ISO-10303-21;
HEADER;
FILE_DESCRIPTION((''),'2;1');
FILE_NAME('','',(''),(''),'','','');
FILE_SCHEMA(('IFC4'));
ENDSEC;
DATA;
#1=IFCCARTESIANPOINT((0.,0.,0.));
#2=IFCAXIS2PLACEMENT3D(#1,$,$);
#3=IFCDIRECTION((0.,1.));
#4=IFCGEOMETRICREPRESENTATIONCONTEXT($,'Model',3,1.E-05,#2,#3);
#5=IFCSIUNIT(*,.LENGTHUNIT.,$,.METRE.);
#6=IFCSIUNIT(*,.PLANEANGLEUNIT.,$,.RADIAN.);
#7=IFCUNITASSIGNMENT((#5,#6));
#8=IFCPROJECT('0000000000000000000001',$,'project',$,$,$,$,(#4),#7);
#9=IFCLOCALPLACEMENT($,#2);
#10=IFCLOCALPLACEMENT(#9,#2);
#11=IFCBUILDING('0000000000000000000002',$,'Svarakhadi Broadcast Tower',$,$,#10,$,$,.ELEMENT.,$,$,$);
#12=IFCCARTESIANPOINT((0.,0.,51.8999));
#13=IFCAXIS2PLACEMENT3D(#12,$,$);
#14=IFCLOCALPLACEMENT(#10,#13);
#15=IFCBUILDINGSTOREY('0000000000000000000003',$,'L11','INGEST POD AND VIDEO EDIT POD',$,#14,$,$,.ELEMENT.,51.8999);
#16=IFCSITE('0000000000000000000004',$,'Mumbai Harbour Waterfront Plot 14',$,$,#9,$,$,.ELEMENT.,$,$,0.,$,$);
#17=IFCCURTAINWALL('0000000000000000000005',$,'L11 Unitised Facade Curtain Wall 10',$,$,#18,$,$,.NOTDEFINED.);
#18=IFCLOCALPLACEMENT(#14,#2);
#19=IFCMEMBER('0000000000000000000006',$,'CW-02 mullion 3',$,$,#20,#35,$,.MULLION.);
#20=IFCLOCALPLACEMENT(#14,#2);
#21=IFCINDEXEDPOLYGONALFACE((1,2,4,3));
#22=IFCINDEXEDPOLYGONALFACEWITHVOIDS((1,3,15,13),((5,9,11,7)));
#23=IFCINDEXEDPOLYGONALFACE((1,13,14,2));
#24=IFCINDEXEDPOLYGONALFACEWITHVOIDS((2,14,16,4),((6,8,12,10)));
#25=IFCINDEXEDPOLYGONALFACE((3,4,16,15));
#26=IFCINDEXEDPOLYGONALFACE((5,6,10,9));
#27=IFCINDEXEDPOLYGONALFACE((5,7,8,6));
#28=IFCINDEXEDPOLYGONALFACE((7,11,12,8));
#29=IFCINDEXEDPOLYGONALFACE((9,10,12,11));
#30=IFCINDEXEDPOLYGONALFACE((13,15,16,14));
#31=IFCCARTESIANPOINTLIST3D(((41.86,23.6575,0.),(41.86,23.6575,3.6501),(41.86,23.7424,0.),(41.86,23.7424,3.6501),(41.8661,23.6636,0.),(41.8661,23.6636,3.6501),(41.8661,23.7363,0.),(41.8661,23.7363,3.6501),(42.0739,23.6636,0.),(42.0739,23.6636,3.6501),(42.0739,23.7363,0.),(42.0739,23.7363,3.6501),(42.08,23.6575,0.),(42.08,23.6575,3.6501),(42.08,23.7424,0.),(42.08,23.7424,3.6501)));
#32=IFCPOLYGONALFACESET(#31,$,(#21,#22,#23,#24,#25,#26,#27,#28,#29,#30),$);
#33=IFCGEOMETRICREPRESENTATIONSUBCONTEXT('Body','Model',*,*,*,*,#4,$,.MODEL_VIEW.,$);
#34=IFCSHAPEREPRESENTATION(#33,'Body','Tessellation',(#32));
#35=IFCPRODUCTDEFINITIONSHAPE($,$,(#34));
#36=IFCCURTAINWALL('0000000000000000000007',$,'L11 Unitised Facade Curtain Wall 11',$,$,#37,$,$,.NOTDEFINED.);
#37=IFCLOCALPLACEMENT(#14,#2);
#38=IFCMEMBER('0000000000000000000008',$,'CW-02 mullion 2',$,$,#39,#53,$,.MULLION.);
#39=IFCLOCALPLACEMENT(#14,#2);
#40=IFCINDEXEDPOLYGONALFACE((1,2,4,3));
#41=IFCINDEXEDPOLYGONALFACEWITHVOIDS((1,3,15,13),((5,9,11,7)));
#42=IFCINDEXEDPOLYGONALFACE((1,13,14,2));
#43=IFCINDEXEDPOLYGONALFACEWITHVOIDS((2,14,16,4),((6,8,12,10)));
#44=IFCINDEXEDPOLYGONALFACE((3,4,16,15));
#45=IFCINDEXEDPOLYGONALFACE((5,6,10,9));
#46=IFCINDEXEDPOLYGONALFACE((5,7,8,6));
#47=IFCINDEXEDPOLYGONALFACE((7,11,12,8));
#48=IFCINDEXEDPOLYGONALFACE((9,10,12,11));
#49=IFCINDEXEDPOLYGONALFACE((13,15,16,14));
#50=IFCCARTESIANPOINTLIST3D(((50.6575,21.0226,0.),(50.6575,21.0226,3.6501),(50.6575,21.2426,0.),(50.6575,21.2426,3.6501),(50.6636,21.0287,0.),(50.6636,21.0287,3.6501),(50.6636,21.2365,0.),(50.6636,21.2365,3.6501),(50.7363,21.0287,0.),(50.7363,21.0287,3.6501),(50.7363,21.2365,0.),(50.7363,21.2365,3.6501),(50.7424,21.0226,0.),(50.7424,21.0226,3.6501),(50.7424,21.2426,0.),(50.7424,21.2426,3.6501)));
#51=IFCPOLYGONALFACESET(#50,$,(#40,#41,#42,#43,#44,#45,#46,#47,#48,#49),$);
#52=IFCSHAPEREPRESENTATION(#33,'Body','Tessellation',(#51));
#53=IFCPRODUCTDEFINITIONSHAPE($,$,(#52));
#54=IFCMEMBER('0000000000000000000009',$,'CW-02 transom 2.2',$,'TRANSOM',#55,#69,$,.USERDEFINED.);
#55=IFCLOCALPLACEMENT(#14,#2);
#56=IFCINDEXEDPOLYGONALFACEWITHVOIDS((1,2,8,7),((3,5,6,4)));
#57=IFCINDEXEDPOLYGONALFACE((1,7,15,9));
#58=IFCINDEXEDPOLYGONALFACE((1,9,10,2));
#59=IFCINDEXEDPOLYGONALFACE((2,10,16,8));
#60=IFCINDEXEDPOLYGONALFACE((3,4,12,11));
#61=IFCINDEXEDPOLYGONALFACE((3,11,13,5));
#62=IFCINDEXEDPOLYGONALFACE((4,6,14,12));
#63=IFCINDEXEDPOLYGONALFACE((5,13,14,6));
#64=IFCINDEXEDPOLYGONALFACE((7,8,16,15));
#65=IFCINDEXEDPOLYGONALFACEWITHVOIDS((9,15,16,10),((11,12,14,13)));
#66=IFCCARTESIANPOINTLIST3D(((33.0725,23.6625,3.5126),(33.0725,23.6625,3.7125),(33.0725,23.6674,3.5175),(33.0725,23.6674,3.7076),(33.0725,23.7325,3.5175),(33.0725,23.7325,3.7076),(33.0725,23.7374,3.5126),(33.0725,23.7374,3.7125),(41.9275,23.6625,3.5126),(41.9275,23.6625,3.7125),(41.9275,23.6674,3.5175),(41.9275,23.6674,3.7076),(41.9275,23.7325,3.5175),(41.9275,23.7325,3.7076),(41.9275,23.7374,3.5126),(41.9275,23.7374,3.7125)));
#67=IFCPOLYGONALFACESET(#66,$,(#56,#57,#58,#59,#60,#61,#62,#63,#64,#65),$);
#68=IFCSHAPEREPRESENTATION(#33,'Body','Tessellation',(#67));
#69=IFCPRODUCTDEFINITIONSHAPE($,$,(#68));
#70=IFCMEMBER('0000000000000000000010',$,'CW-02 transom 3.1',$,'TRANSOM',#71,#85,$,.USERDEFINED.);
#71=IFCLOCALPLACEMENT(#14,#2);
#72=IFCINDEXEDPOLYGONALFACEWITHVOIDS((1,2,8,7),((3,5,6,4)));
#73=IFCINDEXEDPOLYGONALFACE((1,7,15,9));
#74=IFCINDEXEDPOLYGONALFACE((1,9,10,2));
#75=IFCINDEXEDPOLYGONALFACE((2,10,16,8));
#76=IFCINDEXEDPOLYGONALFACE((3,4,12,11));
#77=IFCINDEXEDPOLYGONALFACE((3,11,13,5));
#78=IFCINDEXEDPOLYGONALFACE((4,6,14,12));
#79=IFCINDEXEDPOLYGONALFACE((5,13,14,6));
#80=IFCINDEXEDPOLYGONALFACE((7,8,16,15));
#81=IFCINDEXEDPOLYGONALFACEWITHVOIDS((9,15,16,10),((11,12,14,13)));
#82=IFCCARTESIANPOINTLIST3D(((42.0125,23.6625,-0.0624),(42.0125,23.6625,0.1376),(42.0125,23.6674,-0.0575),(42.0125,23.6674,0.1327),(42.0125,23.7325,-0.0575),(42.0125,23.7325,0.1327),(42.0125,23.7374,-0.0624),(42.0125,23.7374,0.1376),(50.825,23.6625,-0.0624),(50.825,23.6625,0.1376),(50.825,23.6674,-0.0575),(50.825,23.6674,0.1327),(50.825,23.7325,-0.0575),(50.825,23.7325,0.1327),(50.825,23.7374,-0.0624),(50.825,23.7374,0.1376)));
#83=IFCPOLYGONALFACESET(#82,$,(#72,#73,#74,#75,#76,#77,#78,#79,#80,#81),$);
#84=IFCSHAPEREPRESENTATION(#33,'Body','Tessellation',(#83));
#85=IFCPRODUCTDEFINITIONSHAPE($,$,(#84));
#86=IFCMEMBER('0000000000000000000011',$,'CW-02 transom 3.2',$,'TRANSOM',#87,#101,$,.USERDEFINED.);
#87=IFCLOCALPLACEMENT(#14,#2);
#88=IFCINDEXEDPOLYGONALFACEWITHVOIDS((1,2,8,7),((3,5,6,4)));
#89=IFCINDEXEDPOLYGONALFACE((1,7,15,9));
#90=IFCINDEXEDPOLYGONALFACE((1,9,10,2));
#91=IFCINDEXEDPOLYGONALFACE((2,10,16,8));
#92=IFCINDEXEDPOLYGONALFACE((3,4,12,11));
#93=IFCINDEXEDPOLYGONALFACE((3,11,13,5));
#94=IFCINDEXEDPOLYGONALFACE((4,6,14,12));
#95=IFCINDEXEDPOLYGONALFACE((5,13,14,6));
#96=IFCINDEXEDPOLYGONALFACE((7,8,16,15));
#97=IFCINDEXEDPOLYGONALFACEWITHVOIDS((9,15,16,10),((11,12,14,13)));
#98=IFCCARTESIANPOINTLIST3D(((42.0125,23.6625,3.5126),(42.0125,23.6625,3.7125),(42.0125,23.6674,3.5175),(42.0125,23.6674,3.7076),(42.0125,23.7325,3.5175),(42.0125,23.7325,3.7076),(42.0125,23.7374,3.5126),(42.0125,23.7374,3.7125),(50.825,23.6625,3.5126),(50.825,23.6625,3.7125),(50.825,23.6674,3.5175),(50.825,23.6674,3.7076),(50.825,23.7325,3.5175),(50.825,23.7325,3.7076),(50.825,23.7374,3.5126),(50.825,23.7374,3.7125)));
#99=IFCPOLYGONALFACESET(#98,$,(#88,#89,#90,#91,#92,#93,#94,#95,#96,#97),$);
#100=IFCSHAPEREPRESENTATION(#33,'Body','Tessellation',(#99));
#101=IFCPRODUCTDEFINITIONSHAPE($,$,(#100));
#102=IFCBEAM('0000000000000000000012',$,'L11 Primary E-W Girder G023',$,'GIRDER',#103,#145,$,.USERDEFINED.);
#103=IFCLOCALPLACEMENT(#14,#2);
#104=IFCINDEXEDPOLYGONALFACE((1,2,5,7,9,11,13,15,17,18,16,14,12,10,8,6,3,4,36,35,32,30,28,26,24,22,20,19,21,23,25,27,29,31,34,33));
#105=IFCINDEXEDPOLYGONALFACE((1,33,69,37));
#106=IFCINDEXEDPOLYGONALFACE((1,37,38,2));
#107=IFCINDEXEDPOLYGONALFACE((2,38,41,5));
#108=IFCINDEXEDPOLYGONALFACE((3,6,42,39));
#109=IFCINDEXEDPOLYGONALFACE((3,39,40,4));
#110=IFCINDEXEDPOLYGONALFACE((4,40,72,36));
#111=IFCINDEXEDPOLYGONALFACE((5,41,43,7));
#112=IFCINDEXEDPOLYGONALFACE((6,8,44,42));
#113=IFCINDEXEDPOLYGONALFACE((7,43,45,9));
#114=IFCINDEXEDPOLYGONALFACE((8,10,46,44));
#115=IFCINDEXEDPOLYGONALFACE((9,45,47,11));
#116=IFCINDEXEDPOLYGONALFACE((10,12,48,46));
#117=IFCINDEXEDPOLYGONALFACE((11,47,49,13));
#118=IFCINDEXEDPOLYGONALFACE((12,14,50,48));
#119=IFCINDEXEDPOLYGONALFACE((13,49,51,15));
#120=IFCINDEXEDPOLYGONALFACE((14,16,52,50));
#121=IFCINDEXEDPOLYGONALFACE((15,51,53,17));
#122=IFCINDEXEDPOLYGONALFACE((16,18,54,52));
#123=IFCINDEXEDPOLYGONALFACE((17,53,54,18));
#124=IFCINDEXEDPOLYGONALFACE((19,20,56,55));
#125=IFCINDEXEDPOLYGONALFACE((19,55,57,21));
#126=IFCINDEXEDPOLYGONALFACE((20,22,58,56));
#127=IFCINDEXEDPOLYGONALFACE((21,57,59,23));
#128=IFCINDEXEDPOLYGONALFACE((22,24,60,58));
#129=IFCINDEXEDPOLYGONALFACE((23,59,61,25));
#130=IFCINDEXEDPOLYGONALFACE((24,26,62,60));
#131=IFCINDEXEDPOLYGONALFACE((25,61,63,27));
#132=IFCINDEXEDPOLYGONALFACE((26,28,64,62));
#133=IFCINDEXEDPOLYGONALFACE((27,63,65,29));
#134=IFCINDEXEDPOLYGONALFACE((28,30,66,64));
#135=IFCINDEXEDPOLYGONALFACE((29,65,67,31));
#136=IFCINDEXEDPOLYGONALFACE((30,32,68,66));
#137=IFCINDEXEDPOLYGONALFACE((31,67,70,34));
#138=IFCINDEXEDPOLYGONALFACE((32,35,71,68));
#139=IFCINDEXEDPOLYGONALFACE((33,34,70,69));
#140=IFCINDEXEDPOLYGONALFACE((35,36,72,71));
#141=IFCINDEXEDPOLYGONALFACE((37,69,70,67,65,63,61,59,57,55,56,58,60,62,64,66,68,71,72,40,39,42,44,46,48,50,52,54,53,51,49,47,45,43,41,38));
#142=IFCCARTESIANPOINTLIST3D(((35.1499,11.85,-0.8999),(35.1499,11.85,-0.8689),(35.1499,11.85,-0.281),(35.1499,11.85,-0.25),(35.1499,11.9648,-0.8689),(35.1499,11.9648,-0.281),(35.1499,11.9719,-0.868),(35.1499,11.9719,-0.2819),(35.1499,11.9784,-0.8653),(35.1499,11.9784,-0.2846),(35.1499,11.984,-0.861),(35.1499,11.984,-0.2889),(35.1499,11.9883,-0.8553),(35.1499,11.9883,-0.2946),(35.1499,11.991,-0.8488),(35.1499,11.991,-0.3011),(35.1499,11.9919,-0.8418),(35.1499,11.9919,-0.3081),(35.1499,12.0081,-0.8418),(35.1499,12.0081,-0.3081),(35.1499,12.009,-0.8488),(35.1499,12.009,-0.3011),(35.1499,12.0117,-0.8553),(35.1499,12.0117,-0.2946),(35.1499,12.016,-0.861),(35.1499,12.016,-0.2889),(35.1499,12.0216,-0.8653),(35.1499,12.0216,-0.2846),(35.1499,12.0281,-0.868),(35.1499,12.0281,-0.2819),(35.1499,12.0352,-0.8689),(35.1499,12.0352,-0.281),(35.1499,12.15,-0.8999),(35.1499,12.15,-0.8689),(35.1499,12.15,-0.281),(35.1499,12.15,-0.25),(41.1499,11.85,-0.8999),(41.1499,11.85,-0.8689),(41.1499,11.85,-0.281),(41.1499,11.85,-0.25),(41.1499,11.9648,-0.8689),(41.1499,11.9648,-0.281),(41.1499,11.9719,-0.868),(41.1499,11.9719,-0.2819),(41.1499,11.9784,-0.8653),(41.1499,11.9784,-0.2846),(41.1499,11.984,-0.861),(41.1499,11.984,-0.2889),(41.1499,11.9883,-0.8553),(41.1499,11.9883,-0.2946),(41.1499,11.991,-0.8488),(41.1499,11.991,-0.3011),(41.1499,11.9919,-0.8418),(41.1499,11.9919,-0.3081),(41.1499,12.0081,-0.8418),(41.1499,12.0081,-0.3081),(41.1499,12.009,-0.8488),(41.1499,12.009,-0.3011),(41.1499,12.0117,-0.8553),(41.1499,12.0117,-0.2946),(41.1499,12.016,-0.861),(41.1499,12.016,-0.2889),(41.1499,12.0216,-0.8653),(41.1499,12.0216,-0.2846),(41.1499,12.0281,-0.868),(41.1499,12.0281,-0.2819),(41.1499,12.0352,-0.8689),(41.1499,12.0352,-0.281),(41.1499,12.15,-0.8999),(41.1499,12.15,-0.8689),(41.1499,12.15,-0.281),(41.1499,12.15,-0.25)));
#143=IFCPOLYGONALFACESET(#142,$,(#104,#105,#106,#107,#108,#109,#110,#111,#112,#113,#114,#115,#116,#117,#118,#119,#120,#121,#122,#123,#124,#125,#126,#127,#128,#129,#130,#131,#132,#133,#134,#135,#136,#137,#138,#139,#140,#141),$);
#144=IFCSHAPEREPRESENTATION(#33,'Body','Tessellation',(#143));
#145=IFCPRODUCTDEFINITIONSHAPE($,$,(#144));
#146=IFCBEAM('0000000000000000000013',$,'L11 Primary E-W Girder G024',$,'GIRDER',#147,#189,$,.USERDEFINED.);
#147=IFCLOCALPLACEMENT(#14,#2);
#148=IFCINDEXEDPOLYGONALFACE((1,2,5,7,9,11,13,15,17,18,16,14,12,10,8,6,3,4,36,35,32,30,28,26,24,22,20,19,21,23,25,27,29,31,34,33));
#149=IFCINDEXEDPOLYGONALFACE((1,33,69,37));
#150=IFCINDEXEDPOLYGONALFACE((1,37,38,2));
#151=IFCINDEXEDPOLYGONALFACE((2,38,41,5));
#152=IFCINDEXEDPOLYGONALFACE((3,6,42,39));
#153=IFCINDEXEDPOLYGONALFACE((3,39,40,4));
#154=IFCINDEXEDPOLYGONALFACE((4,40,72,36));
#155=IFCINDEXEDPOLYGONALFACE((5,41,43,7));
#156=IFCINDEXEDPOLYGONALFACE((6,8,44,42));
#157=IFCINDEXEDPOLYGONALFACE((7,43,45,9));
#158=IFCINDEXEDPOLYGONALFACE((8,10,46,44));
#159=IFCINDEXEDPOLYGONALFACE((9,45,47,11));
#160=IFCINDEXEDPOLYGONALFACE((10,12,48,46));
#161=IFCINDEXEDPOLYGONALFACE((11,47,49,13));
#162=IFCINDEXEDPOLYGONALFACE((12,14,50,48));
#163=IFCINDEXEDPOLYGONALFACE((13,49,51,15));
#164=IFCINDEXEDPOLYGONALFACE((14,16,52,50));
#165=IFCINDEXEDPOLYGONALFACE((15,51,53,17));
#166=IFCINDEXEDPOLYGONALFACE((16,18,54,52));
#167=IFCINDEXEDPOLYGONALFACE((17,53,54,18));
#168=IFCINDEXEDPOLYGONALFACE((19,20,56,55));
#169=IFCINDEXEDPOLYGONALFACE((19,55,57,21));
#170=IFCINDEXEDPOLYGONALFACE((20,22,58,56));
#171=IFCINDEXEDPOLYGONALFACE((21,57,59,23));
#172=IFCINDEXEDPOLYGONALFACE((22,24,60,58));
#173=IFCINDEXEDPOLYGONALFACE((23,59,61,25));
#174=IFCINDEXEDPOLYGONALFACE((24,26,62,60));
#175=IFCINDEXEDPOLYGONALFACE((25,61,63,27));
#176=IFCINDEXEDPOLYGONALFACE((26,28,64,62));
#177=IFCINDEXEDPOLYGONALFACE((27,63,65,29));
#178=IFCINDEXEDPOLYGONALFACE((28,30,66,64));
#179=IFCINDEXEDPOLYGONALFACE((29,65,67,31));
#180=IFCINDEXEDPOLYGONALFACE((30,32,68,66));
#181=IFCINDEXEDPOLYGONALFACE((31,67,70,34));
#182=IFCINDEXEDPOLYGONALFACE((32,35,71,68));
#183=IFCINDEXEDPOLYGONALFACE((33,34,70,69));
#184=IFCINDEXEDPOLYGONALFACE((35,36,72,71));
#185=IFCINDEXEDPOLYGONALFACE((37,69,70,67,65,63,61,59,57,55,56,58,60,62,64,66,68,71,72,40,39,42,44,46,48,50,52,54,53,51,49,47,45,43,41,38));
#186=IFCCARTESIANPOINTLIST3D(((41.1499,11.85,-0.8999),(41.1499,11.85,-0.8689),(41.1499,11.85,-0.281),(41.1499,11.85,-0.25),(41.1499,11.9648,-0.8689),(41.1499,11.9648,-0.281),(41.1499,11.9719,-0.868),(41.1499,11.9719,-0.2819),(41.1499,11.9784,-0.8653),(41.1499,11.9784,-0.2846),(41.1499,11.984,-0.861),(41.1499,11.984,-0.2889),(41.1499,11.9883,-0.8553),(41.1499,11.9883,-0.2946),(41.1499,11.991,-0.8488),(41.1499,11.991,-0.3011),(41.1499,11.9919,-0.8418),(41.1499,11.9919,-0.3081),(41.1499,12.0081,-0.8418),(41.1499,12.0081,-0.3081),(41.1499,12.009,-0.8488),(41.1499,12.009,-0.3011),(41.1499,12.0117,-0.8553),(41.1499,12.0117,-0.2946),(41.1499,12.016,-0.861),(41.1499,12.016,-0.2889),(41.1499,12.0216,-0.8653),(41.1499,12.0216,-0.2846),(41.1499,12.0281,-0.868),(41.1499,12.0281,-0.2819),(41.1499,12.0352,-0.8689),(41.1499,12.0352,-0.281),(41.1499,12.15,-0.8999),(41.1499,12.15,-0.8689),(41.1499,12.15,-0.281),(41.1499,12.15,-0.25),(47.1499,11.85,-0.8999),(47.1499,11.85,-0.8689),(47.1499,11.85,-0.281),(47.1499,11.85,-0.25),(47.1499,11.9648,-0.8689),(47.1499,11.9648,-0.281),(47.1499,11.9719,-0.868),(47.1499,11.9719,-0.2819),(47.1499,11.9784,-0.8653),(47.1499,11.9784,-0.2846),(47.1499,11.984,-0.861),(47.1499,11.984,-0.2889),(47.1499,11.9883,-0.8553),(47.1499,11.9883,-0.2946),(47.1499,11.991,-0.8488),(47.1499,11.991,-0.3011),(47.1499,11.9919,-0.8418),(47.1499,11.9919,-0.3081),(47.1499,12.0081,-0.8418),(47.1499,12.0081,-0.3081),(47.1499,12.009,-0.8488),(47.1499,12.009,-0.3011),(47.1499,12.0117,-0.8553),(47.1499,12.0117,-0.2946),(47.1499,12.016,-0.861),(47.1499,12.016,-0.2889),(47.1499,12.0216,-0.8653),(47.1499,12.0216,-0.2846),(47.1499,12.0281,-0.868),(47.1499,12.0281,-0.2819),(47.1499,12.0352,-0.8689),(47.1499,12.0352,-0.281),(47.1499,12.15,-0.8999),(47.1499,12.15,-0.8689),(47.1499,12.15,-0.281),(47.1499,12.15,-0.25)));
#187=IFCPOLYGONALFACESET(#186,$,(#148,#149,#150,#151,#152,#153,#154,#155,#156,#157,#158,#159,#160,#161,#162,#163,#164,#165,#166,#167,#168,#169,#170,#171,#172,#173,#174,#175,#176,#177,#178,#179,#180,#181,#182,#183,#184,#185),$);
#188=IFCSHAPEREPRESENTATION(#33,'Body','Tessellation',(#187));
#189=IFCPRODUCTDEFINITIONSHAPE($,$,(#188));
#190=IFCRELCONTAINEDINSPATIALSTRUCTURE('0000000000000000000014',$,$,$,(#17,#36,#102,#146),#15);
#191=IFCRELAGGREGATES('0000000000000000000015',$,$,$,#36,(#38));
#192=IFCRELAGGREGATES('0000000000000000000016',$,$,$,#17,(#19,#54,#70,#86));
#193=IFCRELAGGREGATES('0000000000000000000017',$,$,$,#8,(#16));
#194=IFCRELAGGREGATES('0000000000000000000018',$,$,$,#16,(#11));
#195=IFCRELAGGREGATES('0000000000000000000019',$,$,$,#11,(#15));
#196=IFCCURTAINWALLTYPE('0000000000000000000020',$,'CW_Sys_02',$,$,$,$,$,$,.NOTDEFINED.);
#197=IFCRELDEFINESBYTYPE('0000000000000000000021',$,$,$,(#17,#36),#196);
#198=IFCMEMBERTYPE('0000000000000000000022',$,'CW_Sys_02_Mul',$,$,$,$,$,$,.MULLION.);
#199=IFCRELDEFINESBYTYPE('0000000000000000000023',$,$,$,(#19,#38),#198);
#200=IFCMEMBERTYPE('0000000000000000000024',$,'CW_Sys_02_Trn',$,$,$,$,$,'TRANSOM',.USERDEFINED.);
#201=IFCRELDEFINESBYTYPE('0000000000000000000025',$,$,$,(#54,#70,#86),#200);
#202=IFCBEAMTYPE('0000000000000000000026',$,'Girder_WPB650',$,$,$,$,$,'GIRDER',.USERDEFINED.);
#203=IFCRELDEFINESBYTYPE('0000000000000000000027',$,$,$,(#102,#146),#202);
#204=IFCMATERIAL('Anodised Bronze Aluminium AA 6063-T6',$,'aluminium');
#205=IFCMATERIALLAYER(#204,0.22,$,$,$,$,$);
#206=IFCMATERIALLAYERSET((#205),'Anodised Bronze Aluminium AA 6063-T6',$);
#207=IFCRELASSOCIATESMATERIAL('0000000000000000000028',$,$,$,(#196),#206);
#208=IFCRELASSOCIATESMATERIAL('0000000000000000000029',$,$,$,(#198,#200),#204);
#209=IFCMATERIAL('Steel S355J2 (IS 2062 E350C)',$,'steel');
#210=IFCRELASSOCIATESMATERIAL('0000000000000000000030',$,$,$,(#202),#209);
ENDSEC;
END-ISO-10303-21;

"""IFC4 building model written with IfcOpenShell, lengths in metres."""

from ifc_helpers import new_model, si_unit, direction, frame, origin, origin_2d, place, context, subcontext, project, spatial, hollow_rectangle, i_section, extrude, material, layer, layer_set, material_profile, profile_set, type_object, element, aggregate, save


model = new_model("IFC4")

# Units and contexts
model_context = context("Model", 3, precision=1e-05, world=origin(), true_north=direction((0.0, 1.0)))
body_context = subcontext(model_context, "Body", "Model", "MODEL_VIEW")
ifc_project = project(units=[si_unit("LENGTHUNIT", "METRE"), si_unit("PLANEANGLEUNIT", "RADIAN")], contexts=[model_context])

# Site, building, storey
site_placement = place(None, origin())
site = spatial("IfcSite", under=ifc_project, at=site_placement, Name="Mumbai Harbour Waterfront Plot 14", CompositionType="ELEMENT", RefElevation=0.0)
building_placement = place(site_placement, origin())
building = spatial("IfcBuilding", under=site, at=building_placement, Name="Svarakhadi Broadcast Tower", CompositionType="ELEMENT")
storey_placement = place(building_placement, frame((0.0, 0.0, 51.8999)))
storey = spatial("IfcBuildingStorey", under=building, at=storey_placement, Name="L11", Description="INGEST POD AND VIDEO EDIT POD", CompositionType="ELEMENT", Elevation=51.8999)

# Shared definitions
ifc_material_1 = material(Name="Steel S355J2 (IS 2062 E350C)", Category="steel")

# Curtain walls, members
ifc_material_2 = material(Name="Anodised Bronze Aluminium AA 6063-T6", Category="aluminium")
ifc_layer_1 = layer(ifc_material_2, 0.22)
ifc_layer_set_1 = layer_set([ifc_layer_1], Name="Anodised Bronze Aluminium AA 6063-T6")
curtain_wall_type = type_object("IfcCurtainWallType", Name="CW_Sys_02", PredefinedType="NOTDEFINED", material=ifc_layer_set_1)
curtain_wall_1_placement = place(storey_placement, origin())
curtain_wall_1 = element("IfcCurtainWall", 1, at=curtain_wall_1_placement, inside=storey, type_object=curtain_wall_type, Name="L11 Unitised Facade Curtain Wall 10", PredefinedType="NOTDEFINED")
ifc_material_profile_1 = material_profile(ifc_material_2, hollow_rectangle(XDim=0.085, YDim=0.22, WallThickness=0.0061, at=origin_2d()), Name="ALU MULLION 220x85x6")
ifc_profile_set_1 = profile_set([ifc_material_profile_1], Name="Anodised Bronze Aluminium AA 6063-T6")
member_type_1 = type_object("IfcMemberType", Name="CW_Sys_02_Mul", PredefinedType="MULLION", material=ifc_profile_set_1)
member_1_placement = place(storey_placement, frame((41.97, 23.7, 0.0), z_axis=(0.0, 0.0, 1.0), x_axis=(0.0, 1.0, 0.0)))
member_1 = element("IfcMember", 2, at=member_1_placement, type_object=member_type_1, Name="CW-02 mullion 3", PredefinedType="MULLION", context=body_context, shape_type="SweptSolid", body=[
    extrude(hollow_rectangle(XDim=0.085, YDim=0.22, WallThickness=0.0061, at=origin_2d()), origin(), (0.0, 0.0, 1.0), 3.6501),
])
curtain_wall_2_placement = place(storey_placement, origin())
curtain_wall_2 = element("IfcCurtainWall", 3, at=curtain_wall_2_placement, inside=storey, type_object=curtain_wall_type, Name="L11 Unitised Facade Curtain Wall 11", PredefinedType="NOTDEFINED")
member_2_placement = place(storey_placement, frame((50.7, 21.1326, 0.0), z_axis=(0.0, 0.0, 1.0), x_axis=(1.0, 0.0, 0.0)))
member_2 = element("IfcMember", 4, at=member_2_placement, type_object=member_type_1, Name="CW-02 mullion 2", PredefinedType="MULLION", context=body_context, shape_type="SweptSolid", body=[
    extrude(hollow_rectangle(XDim=0.085, YDim=0.22, WallThickness=0.0061, at=origin_2d()), origin(), (0.0, 0.0, 1.0), 3.6501),
])
aggregate(curtain_wall_2, [member_2])

# Members
ifc_material_profile_2 = material_profile(ifc_material_2, hollow_rectangle(XDim=0.075, YDim=0.2, WallThickness=0.0049, at=origin_2d()), Name="ALU TRANSOM 200x75x5")
ifc_profile_set_2 = profile_set([ifc_material_profile_2], Name="Anodised Bronze Aluminium AA 6063-T6")
member_type_2 = type_object("IfcMemberType", Name="CW_Sys_02_Trn", ElementType="TRANSOM", PredefinedType="USERDEFINED", material=ifc_profile_set_2)
member_3_placement = place(storey_placement, frame((33.0725, 23.7, 3.6125), z_axis=(1.0, 0.0, 0.0), x_axis=(0.0, 1.0, 0.0)))
member_3 = element("IfcMember", 5, at=member_3_placement, type_object=member_type_2, Name="CW-02 transom 2.2", ObjectType="TRANSOM", PredefinedType="USERDEFINED", context=body_context, shape_type="SweptSolid", body=[
    extrude(hollow_rectangle(XDim=0.075, YDim=0.2, WallThickness=0.0049, at=origin_2d()), origin(), (0.0, 0.0, 1.0), 8.855),
])
member_4_placement = place(storey_placement, frame((42.0125, 23.7, 0.0376), z_axis=(1.0, 0.0, 0.0), x_axis=(0.0, 1.0, 0.0)))
member_4 = element("IfcMember", 6, at=member_4_placement, type_object=member_type_2, Name="CW-02 transom 3.1", ObjectType="TRANSOM", PredefinedType="USERDEFINED", context=body_context, shape_type="SweptSolid", body=[
    extrude(hollow_rectangle(XDim=0.075, YDim=0.2, WallThickness=0.0049, at=origin_2d()), origin(), (0.0, 0.0, 1.0), 8.8125),
])
member_5_placement = place(storey_placement, frame((42.0125, 23.7, 3.6125), z_axis=(1.0, 0.0, 0.0), x_axis=(0.0, 1.0, 0.0)))
member_5 = element("IfcMember", 7, at=member_5_placement, type_object=member_type_2, Name="CW-02 transom 3.2", ObjectType="TRANSOM", PredefinedType="USERDEFINED", context=body_context, shape_type="SweptSolid", body=[
    extrude(hollow_rectangle(XDim=0.075, YDim=0.2, WallThickness=0.0049, at=origin_2d()), origin(), (0.0, 0.0, 1.0), 8.8125),
])

# Beams
ifc_material_profile_3 = material_profile(ifc_material_1, i_section(OverallWidth=0.3, OverallDepth=0.6499, WebThickness=0.0161, FlangeThickness=0.031, FilletRadius=0.0271, at=origin_2d()), Name="WPB 650x300x225")
ifc_profile_set_3 = profile_set([ifc_material_profile_3], Name="Steel S355J2 (IS 2062 E350C)")
beam_type_1 = type_object("IfcBeamType", Name="Girder_WPB650", ElementType="GIRDER", PredefinedType="USERDEFINED", material=ifc_profile_set_3)
for number, where, z_axis, x_axis, name in (
    (8, (35.1499, 12.0, -0.575), (1.0, 0.0, 0.0), (0.0, 1.0, 0.0), "L11 Primary E-W Girder G023"),
    (9, (41.1499, 12.0, -0.575), (1.0, 0.0, 0.0), (0.0, 1.0, 0.0), "L11 Primary E-W Girder G024"),
):
    element("IfcBeam", number, at=place(storey_placement, frame(where, z_axis=z_axis, x_axis=x_axis)), inside=storey, type_object=beam_type_1, Name=name, ObjectType="GIRDER", PredefinedType="USERDEFINED", context=body_context, shape_type="SweptSolid", body=[
        extrude(i_section(OverallWidth=0.3, OverallDepth=0.6499, WebThickness=0.0161, FlangeThickness=0.031, FilletRadius=0.0271, at=origin_2d()), origin(), (0.0, 0.0, 1.0), 6.0),
    ])

aggregate(curtain_wall_1, [member_1, member_3, member_4, member_5])

save(model, "model.ifc")
